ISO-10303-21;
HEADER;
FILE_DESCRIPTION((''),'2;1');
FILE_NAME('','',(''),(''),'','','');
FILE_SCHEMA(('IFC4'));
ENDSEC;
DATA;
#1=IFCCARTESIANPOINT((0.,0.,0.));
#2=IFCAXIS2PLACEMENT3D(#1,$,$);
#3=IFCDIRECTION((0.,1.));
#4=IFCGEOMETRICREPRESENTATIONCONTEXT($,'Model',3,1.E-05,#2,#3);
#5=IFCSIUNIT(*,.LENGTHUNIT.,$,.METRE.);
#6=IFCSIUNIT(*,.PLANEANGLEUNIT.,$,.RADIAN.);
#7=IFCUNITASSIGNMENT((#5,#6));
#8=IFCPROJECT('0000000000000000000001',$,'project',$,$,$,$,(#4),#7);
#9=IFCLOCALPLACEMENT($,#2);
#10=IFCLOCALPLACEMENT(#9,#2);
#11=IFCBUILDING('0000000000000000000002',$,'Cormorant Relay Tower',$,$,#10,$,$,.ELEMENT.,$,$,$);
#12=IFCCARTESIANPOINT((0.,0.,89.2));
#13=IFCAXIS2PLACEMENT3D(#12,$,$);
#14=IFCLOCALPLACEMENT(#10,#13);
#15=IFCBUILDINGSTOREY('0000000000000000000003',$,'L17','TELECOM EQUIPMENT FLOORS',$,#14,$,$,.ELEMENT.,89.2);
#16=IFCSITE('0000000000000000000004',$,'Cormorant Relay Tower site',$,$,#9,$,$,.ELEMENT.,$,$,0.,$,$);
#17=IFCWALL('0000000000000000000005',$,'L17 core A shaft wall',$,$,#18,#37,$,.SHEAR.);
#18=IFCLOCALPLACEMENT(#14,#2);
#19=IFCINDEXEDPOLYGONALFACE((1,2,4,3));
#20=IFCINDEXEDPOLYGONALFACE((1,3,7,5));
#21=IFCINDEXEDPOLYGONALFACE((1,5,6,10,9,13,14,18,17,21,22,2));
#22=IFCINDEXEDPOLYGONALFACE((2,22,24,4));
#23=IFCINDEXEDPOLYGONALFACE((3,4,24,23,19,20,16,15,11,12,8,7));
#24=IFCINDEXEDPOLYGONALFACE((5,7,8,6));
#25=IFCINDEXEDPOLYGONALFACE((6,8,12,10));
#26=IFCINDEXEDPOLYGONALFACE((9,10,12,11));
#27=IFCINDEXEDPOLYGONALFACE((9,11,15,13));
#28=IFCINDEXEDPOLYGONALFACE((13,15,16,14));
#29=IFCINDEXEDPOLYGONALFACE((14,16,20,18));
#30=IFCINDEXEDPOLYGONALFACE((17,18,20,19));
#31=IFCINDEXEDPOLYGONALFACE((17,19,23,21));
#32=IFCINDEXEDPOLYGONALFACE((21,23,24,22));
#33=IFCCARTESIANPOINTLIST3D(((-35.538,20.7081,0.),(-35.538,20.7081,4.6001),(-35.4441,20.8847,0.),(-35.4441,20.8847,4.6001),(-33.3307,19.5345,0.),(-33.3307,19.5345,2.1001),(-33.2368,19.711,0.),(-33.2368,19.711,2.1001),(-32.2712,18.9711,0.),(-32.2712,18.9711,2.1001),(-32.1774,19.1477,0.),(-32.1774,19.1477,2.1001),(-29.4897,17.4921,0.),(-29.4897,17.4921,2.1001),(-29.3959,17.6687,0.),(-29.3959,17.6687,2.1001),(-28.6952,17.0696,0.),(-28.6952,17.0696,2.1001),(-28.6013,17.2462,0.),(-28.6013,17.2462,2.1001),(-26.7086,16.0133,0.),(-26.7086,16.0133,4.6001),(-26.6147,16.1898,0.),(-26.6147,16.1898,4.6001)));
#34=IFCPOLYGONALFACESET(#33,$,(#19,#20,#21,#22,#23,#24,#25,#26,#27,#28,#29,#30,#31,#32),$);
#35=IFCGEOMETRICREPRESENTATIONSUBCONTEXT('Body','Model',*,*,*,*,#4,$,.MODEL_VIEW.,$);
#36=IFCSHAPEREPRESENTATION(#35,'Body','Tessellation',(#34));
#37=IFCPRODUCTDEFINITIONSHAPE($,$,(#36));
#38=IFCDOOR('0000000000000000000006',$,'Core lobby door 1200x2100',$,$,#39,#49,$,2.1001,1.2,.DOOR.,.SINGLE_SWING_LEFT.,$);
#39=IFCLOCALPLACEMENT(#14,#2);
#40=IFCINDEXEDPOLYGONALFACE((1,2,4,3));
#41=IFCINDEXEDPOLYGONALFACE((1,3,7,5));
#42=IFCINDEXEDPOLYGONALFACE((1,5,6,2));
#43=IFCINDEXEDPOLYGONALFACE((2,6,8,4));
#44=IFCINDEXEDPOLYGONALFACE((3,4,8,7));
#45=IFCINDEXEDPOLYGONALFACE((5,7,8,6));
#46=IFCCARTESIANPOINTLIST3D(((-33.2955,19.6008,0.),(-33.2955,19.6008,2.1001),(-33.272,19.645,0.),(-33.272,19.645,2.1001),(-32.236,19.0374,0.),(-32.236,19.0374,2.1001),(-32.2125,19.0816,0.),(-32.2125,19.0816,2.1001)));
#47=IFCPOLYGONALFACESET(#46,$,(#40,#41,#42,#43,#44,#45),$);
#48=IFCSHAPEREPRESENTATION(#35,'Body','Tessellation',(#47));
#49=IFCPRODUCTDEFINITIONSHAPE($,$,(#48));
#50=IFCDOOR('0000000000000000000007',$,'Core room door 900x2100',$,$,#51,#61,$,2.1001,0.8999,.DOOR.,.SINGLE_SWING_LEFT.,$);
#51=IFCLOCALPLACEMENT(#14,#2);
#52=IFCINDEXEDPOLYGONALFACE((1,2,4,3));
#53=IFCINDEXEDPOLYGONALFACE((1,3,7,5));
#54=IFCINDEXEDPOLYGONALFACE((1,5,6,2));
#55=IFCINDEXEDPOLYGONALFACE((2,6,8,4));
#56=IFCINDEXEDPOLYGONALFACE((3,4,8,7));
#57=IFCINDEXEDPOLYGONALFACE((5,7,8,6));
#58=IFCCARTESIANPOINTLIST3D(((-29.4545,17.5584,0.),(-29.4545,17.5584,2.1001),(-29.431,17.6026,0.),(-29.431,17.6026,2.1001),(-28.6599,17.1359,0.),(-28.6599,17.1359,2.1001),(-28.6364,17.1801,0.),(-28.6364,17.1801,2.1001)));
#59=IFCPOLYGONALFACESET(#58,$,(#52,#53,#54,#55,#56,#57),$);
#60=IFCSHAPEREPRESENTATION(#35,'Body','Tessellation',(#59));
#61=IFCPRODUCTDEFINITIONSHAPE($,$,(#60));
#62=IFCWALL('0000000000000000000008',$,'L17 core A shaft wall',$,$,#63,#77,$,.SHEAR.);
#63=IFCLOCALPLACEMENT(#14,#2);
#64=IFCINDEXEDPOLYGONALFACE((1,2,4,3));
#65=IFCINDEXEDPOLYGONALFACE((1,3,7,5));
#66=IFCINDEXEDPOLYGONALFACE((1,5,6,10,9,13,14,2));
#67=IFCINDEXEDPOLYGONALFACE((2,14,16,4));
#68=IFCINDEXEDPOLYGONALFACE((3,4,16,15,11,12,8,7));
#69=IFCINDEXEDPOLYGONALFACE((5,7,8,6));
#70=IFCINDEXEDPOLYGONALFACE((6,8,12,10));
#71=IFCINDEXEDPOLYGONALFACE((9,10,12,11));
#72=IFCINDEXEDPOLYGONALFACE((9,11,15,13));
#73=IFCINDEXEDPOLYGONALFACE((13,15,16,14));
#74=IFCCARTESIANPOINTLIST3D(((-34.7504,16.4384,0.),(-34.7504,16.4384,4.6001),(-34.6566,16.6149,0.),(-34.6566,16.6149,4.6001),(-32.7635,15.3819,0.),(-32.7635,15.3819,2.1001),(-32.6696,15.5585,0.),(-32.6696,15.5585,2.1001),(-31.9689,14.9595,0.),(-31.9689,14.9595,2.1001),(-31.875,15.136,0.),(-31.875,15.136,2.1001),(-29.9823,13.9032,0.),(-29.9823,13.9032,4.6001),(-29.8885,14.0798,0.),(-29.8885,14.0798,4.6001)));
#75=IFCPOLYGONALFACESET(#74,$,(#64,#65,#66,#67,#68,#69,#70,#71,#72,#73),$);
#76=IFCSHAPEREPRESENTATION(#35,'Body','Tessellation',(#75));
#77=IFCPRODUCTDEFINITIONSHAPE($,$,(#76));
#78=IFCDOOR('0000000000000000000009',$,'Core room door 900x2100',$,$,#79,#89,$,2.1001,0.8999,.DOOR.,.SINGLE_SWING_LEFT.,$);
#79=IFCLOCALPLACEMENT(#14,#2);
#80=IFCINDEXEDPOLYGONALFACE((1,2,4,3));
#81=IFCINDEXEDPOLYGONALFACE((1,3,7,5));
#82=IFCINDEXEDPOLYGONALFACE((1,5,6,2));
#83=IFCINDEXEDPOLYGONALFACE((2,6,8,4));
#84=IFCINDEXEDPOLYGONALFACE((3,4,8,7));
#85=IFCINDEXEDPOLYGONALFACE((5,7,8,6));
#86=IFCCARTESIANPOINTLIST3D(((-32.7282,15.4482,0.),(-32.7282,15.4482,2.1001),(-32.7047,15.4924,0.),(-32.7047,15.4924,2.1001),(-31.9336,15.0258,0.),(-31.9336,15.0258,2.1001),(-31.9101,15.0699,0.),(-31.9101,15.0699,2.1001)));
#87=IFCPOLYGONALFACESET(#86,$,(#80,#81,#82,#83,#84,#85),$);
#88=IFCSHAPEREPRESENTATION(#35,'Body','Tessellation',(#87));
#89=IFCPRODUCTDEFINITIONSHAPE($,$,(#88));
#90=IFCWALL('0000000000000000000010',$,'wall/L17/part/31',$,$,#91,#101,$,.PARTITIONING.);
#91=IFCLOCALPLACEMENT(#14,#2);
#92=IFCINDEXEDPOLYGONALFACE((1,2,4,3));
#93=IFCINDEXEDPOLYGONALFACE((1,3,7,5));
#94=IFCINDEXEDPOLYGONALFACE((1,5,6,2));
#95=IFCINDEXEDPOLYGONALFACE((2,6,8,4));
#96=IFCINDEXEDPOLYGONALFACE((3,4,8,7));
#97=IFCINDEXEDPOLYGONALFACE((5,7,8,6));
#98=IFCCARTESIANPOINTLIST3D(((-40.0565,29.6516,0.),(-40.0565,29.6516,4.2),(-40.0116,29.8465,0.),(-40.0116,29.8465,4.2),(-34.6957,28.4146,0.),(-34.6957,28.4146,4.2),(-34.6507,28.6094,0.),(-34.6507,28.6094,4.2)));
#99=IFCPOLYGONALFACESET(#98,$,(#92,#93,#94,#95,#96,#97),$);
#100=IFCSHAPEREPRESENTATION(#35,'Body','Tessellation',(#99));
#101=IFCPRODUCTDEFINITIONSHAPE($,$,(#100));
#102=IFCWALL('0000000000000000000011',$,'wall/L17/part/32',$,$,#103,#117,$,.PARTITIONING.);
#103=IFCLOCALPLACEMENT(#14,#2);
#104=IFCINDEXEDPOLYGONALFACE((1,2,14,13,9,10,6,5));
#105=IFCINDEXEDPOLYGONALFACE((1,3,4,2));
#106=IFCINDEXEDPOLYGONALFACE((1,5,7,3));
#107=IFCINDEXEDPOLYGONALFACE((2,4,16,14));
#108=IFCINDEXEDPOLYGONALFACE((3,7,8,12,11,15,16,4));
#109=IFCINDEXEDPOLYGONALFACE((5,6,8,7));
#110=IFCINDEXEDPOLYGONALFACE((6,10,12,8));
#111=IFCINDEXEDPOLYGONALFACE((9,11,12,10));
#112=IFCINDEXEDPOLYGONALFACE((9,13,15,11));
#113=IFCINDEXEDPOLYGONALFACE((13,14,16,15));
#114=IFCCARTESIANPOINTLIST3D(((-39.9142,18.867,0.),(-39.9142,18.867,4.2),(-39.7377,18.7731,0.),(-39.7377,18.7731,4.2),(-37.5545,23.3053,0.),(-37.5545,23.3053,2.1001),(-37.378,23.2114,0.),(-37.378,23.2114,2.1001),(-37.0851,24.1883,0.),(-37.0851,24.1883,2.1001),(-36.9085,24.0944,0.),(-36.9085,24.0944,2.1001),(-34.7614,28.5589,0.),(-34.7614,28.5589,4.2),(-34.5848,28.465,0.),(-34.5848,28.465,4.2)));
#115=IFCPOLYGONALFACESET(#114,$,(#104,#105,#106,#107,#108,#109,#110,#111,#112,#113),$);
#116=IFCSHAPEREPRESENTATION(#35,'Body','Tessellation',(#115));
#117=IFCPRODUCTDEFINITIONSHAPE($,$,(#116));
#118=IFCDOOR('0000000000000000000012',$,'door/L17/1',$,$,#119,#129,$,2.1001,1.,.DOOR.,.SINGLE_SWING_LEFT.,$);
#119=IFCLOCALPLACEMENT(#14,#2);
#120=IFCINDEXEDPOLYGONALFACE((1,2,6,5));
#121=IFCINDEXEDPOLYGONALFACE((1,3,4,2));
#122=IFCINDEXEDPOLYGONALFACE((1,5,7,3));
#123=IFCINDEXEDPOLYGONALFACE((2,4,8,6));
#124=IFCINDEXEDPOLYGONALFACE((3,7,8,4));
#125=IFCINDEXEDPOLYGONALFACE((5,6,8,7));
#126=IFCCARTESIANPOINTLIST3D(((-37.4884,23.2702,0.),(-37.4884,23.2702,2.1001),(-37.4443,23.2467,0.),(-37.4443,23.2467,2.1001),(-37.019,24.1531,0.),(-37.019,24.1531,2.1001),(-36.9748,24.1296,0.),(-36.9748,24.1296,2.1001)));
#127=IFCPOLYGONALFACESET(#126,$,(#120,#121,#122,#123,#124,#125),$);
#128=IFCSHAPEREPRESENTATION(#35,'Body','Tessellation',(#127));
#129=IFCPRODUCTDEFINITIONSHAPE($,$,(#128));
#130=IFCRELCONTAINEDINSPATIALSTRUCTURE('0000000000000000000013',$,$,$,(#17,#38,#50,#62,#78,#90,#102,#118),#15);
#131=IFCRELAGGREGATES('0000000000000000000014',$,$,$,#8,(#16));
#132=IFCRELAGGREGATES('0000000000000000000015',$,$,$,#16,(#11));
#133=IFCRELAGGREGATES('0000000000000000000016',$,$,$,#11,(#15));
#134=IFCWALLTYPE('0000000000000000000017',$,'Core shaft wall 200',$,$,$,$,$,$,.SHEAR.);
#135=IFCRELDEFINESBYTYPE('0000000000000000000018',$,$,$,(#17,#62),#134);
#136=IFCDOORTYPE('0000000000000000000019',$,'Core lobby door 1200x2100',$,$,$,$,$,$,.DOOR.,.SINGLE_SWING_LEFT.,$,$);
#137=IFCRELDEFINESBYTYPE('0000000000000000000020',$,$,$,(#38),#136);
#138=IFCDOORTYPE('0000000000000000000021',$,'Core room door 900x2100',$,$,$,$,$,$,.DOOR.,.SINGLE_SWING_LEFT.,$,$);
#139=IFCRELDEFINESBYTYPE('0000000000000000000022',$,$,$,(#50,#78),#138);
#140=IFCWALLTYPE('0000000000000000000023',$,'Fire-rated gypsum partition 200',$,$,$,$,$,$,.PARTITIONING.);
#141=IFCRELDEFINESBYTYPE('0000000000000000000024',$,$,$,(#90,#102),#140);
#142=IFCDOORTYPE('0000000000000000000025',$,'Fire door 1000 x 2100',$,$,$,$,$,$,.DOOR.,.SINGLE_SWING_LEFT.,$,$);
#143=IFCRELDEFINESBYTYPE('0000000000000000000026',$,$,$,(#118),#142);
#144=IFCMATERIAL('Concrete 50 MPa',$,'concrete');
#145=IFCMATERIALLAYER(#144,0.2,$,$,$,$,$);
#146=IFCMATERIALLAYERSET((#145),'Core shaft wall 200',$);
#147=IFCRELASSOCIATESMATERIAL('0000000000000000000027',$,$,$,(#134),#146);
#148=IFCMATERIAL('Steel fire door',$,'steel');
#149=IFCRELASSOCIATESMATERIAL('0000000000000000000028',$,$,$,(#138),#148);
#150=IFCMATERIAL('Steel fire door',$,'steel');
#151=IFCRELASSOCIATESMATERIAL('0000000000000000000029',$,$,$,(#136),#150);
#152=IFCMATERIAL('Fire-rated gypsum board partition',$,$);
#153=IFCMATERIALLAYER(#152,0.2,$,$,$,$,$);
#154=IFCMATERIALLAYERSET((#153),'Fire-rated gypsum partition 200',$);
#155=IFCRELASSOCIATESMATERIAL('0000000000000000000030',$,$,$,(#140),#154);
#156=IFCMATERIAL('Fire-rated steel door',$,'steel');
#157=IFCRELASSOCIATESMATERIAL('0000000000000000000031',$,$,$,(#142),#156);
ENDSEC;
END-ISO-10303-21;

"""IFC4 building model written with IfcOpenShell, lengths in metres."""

from ifc_helpers import new_model, si_unit, direction, frame, frame_2d, origin, place, context, subcontext, project, spatial, rectangle, extrude, material, layer, layer_set, type_object, element, fill, save


model = new_model("IFC4")

# Units and contexts
model_context = context("Model", 3, precision=1e-05, world=origin(), true_north=direction((0.0, 1.0)))
body_context = subcontext(model_context, "Body", "Model", "MODEL_VIEW")
ifc_project = project(units=[si_unit("LENGTHUNIT", "METRE"), si_unit("PLANEANGLEUNIT", "RADIAN")], contexts=[model_context])

# Site, building, storey
site_placement = place(None, origin())
site = spatial("IfcSite", under=ifc_project, at=site_placement, Name="Cormorant Relay Tower site", CompositionType="ELEMENT", RefElevation=0.0)
building_placement = place(site_placement, origin())
building = spatial("IfcBuilding", under=site, at=building_placement, Name="Cormorant Relay Tower", CompositionType="ELEMENT")
storey_placement = place(building_placement, frame((0.0, 0.0, 89.2)))
storey = spatial("IfcBuildingStorey", under=building, at=storey_placement, Name="L17", Description="TELECOM EQUIPMENT FLOORS", CompositionType="ELEMENT", Elevation=89.2)

# Shared definitions
ifc_material_1 = material(Name="Concrete 50 MPa", Category="concrete")
ifc_layer_1 = layer(ifc_material_1, 0.2)
ifc_layer_set_1 = layer_set([ifc_layer_1], Name="Core shaft wall 200")
wall_type_1 = type_object("IfcWallType", Name="Core shaft wall 200", PredefinedType="SHEAR", material=ifc_layer_set_1)
ifc_material_2 = material(Name="Steel fire door", Category="steel")
door_type_1 = type_object("IfcDoorType", Name="Core room door 900x2100", OperationType="SINGLE_SWING_LEFT", PredefinedType="DOOR", material=ifc_material_2)

# Wall, openings, doors
wall_1_placement = place(storey_placement, frame((-26.6616, 16.1016, 0.0), z_axis=(0.0, 0.0, 1.0), x_axis=(-0.88294, 0.469485, 0.0)))
wall_1 = element("IfcWall", 1, at=wall_1_placement, inside=storey, type_object=wall_type_1, Name="L17 core A shaft wall", PredefinedType="SHEAR", context=body_context, shape_type="SweptSolid", body=[
    extrude(rectangle(XDim=10.0, YDim=0.2, at=frame_2d((5.0, 0.0))), origin(), (0.0, 0.0, 1.0), 4.6001),
])
opening_1_placement = place(wall_1_placement, frame((6.3, 0.0, 0.0)))
opening_1 = element("IfcOpeningElement", 2, at=opening_1_placement, cuts=wall_1, PredefinedType="OPENING", context=body_context, shape_type="SweptSolid", body=[
    extrude(rectangle(XDim=1.2, YDim=2.1001, at=frame_2d((0.6001, 1.05))), frame((0.0, 0.1099, 0.0), z_axis=(0.0, -1.0, 0.0), x_axis=(1.0, 0.0, 0.0)), (0.0, 0.0, 1.0), 0.22),
])
opening_2_placement = place(wall_1_placement, frame((2.25, 0.0, 0.0)))
opening_2 = element("IfcOpeningElement", 3, at=opening_2_placement, cuts=wall_1, PredefinedType="OPENING", context=body_context, shape_type="SweptSolid", body=[
    extrude(rectangle(XDim=0.8999, YDim=2.1001, at=frame_2d((0.45, 1.05))), frame((0.0, 0.1099, 0.0), z_axis=(0.0, -1.0, 0.0), x_axis=(1.0, 0.0, 0.0)), (0.0, 0.0, 1.0), 0.22),
])
ifc_material_3 = material(Name="Steel fire door", Category="steel")
door_type_2 = type_object("IfcDoorType", Name="Core lobby door 1200x2100", OperationType="SINGLE_SWING_LEFT", PredefinedType="DOOR", material=ifc_material_3)
door_1_placement = place(opening_1_placement, origin())
door_1 = element("IfcDoor", 4, at=door_1_placement, inside=storey, type_object=door_type_2, Name="Core lobby door 1200x2100", OperationType="SINGLE_SWING_LEFT", OverallHeight=2.1001, OverallWidth=1.2, PredefinedType="DOOR", context=body_context, shape_type="SweptSolid", body=[
    extrude(rectangle(XDim=1.2, YDim=2.1001, at=frame_2d((0.6001, 1.05))), frame((0.0, 0.0249, 0.0), z_axis=(0.0, -1.0, 0.0), x_axis=(1.0, 0.0, 0.0)), (0.0, 0.0, 1.0), 0.05),
])
fill(opening_1, door_1)
door_2_placement = place(opening_2_placement, origin())
door_2 = element("IfcDoor", 5, at=door_2_placement, inside=storey, type_object=door_type_1, Name="Core room door 900x2100", OperationType="SINGLE_SWING_LEFT", OverallHeight=2.1001, OverallWidth=0.8999, PredefinedType="DOOR", context=body_context, shape_type="SweptSolid", body=[
    extrude(rectangle(XDim=0.8999, YDim=2.1001, at=frame_2d((0.45, 1.05))), frame((0.0, 0.0249, 0.0), z_axis=(0.0, -1.0, 0.0), x_axis=(1.0, 0.0, 0.0)), (0.0, 0.0, 1.0), 0.05),
])
fill(opening_2, door_2)

# Wall, opening, door
wall_2_placement = place(storey_placement, frame((-29.9353, 13.9915, 0.0), z_axis=(0.0, 0.0, 1.0), x_axis=(-0.882953, 0.469462, 0.0)))
wall_2 = element("IfcWall", 6, at=wall_2_placement, inside=storey, type_object=wall_type_1, Name="L17 core A shaft wall", PredefinedType="SHEAR", context=body_context, shape_type="SweptSolid", body=[
    extrude(rectangle(XDim=5.4001, YDim=0.2, at=frame_2d((2.7002, 0.0))), origin(), (0.0, 0.0, 1.0), 4.6001),
])
opening_3_placement = place(wall_2_placement, frame((2.25, 0.0, 0.0)))
opening_3 = element("IfcOpeningElement", 7, at=opening_3_placement, cuts=wall_2, PredefinedType="OPENING", context=body_context, shape_type="SweptSolid", body=[
    extrude(rectangle(XDim=0.8999, YDim=2.1001, at=frame_2d((0.45, 1.05))), frame((0.0, 0.1099, 0.0), z_axis=(0.0, -1.0, 0.0), x_axis=(1.0, 0.0, 0.0)), (0.0, 0.0, 1.0), 0.22),
])
door_3_placement = place(opening_3_placement, origin())
door_3 = element("IfcDoor", 8, at=door_3_placement, inside=storey, type_object=door_type_1, Name="Core room door 900x2100", OperationType="SINGLE_SWING_LEFT", OverallHeight=2.1001, OverallWidth=0.8999, PredefinedType="DOOR", context=body_context, shape_type="SweptSolid", body=[
    extrude(rectangle(XDim=0.8999, YDim=2.1001, at=frame_2d((0.45, 1.05))), frame((0.0, 0.0249, 0.0), z_axis=(0.0, -1.0, 0.0), x_axis=(1.0, 0.0, 0.0)), (0.0, 0.0, 1.0), 0.05),
])
fill(opening_3, door_3)

# Wall
ifc_material_4 = material(Name="Fire-rated gypsum board partition")
ifc_layer_2 = layer(ifc_material_4, 0.2)
ifc_layer_set_2 = layer_set([ifc_layer_2], Name="Fire-rated gypsum partition 200")
wall_type_2 = type_object("IfcWallType", Name="Fire-rated gypsum partition 200", PredefinedType="PARTITIONING", material=ifc_layer_set_2)
wall_3_placement = place(storey_placement, frame((-34.6731, 28.512, 0.0), z_axis=(0.0, 0.0, 1.0), x_axis=(-0.974393, 0.22485, 0.0)))
element("IfcWall", 9, at=wall_3_placement, inside=storey, type_object=wall_type_2, Name="wall/L17/part/31", PredefinedType="PARTITIONING", context=body_context, shape_type="SweptSolid", body=[
    extrude(rectangle(XDim=5.5017, YDim=0.2, at=frame_2d((2.751, 0.0))), origin(), (0.0, 0.0, 1.0), 4.2),
])

# Wall, opening, door
wall_4_placement = place(storey_placement, frame((-34.6731, 28.512, 0.0), z_axis=(0.0, 0.0, 1.0), x_axis=(-0.46944, -0.882964, 0.0)))
wall_4 = element("IfcWall", 10, at=wall_4_placement, inside=storey, type_object=wall_type_2, Name="wall/L17/part/32", PredefinedType="PARTITIONING", context=body_context, shape_type="SweptSolid", body=[
    extrude(rectangle(XDim=10.9766, YDim=0.2, at=frame_2d((5.4883, 0.0))), origin(), (0.0, 0.0, 1.0), 4.2),
])
opening_4_placement = place(wall_4_placement, frame((4.95, 0.0, 0.0)))
opening_4 = element("IfcOpeningElement", 11, at=opening_4_placement, cuts=wall_4, PredefinedType="OPENING", context=body_context, shape_type="SweptSolid", body=[
    extrude(rectangle(XDim=1.0, YDim=2.1001, at=frame_2d((0.5, 1.05))), frame((0.0, 0.1099, 0.0), z_axis=(0.0, -1.0, 0.0), x_axis=(1.0, 0.0, 0.0)), (0.0, 0.0, 1.0), 0.22),
])
ifc_material_5 = material(Name="Fire-rated steel door", Category="steel")
door_type_3 = type_object("IfcDoorType", Name="Fire door 1000 x 2100", OperationType="SINGLE_SWING_LEFT", PredefinedType="DOOR", material=ifc_material_5)
door_4_placement = place(opening_4_placement, origin())
door_4 = element("IfcDoor", 12, at=door_4_placement, inside=storey, type_object=door_type_3, Name="door/L17/1", OperationType="SINGLE_SWING_LEFT", OverallHeight=2.1001, OverallWidth=1.0, PredefinedType="DOOR", context=body_context, shape_type="SweptSolid", body=[
    extrude(rectangle(XDim=1.0, YDim=2.1001, at=frame_2d((0.5, 1.05))), frame((0.0, 0.0249, 0.0), z_axis=(0.0, -1.0, 0.0), x_axis=(1.0, 0.0, 0.0)), (0.0, 0.0, 1.0), 0.05),
])
fill(opening_4, door_4)

save(model, "model.ifc")
